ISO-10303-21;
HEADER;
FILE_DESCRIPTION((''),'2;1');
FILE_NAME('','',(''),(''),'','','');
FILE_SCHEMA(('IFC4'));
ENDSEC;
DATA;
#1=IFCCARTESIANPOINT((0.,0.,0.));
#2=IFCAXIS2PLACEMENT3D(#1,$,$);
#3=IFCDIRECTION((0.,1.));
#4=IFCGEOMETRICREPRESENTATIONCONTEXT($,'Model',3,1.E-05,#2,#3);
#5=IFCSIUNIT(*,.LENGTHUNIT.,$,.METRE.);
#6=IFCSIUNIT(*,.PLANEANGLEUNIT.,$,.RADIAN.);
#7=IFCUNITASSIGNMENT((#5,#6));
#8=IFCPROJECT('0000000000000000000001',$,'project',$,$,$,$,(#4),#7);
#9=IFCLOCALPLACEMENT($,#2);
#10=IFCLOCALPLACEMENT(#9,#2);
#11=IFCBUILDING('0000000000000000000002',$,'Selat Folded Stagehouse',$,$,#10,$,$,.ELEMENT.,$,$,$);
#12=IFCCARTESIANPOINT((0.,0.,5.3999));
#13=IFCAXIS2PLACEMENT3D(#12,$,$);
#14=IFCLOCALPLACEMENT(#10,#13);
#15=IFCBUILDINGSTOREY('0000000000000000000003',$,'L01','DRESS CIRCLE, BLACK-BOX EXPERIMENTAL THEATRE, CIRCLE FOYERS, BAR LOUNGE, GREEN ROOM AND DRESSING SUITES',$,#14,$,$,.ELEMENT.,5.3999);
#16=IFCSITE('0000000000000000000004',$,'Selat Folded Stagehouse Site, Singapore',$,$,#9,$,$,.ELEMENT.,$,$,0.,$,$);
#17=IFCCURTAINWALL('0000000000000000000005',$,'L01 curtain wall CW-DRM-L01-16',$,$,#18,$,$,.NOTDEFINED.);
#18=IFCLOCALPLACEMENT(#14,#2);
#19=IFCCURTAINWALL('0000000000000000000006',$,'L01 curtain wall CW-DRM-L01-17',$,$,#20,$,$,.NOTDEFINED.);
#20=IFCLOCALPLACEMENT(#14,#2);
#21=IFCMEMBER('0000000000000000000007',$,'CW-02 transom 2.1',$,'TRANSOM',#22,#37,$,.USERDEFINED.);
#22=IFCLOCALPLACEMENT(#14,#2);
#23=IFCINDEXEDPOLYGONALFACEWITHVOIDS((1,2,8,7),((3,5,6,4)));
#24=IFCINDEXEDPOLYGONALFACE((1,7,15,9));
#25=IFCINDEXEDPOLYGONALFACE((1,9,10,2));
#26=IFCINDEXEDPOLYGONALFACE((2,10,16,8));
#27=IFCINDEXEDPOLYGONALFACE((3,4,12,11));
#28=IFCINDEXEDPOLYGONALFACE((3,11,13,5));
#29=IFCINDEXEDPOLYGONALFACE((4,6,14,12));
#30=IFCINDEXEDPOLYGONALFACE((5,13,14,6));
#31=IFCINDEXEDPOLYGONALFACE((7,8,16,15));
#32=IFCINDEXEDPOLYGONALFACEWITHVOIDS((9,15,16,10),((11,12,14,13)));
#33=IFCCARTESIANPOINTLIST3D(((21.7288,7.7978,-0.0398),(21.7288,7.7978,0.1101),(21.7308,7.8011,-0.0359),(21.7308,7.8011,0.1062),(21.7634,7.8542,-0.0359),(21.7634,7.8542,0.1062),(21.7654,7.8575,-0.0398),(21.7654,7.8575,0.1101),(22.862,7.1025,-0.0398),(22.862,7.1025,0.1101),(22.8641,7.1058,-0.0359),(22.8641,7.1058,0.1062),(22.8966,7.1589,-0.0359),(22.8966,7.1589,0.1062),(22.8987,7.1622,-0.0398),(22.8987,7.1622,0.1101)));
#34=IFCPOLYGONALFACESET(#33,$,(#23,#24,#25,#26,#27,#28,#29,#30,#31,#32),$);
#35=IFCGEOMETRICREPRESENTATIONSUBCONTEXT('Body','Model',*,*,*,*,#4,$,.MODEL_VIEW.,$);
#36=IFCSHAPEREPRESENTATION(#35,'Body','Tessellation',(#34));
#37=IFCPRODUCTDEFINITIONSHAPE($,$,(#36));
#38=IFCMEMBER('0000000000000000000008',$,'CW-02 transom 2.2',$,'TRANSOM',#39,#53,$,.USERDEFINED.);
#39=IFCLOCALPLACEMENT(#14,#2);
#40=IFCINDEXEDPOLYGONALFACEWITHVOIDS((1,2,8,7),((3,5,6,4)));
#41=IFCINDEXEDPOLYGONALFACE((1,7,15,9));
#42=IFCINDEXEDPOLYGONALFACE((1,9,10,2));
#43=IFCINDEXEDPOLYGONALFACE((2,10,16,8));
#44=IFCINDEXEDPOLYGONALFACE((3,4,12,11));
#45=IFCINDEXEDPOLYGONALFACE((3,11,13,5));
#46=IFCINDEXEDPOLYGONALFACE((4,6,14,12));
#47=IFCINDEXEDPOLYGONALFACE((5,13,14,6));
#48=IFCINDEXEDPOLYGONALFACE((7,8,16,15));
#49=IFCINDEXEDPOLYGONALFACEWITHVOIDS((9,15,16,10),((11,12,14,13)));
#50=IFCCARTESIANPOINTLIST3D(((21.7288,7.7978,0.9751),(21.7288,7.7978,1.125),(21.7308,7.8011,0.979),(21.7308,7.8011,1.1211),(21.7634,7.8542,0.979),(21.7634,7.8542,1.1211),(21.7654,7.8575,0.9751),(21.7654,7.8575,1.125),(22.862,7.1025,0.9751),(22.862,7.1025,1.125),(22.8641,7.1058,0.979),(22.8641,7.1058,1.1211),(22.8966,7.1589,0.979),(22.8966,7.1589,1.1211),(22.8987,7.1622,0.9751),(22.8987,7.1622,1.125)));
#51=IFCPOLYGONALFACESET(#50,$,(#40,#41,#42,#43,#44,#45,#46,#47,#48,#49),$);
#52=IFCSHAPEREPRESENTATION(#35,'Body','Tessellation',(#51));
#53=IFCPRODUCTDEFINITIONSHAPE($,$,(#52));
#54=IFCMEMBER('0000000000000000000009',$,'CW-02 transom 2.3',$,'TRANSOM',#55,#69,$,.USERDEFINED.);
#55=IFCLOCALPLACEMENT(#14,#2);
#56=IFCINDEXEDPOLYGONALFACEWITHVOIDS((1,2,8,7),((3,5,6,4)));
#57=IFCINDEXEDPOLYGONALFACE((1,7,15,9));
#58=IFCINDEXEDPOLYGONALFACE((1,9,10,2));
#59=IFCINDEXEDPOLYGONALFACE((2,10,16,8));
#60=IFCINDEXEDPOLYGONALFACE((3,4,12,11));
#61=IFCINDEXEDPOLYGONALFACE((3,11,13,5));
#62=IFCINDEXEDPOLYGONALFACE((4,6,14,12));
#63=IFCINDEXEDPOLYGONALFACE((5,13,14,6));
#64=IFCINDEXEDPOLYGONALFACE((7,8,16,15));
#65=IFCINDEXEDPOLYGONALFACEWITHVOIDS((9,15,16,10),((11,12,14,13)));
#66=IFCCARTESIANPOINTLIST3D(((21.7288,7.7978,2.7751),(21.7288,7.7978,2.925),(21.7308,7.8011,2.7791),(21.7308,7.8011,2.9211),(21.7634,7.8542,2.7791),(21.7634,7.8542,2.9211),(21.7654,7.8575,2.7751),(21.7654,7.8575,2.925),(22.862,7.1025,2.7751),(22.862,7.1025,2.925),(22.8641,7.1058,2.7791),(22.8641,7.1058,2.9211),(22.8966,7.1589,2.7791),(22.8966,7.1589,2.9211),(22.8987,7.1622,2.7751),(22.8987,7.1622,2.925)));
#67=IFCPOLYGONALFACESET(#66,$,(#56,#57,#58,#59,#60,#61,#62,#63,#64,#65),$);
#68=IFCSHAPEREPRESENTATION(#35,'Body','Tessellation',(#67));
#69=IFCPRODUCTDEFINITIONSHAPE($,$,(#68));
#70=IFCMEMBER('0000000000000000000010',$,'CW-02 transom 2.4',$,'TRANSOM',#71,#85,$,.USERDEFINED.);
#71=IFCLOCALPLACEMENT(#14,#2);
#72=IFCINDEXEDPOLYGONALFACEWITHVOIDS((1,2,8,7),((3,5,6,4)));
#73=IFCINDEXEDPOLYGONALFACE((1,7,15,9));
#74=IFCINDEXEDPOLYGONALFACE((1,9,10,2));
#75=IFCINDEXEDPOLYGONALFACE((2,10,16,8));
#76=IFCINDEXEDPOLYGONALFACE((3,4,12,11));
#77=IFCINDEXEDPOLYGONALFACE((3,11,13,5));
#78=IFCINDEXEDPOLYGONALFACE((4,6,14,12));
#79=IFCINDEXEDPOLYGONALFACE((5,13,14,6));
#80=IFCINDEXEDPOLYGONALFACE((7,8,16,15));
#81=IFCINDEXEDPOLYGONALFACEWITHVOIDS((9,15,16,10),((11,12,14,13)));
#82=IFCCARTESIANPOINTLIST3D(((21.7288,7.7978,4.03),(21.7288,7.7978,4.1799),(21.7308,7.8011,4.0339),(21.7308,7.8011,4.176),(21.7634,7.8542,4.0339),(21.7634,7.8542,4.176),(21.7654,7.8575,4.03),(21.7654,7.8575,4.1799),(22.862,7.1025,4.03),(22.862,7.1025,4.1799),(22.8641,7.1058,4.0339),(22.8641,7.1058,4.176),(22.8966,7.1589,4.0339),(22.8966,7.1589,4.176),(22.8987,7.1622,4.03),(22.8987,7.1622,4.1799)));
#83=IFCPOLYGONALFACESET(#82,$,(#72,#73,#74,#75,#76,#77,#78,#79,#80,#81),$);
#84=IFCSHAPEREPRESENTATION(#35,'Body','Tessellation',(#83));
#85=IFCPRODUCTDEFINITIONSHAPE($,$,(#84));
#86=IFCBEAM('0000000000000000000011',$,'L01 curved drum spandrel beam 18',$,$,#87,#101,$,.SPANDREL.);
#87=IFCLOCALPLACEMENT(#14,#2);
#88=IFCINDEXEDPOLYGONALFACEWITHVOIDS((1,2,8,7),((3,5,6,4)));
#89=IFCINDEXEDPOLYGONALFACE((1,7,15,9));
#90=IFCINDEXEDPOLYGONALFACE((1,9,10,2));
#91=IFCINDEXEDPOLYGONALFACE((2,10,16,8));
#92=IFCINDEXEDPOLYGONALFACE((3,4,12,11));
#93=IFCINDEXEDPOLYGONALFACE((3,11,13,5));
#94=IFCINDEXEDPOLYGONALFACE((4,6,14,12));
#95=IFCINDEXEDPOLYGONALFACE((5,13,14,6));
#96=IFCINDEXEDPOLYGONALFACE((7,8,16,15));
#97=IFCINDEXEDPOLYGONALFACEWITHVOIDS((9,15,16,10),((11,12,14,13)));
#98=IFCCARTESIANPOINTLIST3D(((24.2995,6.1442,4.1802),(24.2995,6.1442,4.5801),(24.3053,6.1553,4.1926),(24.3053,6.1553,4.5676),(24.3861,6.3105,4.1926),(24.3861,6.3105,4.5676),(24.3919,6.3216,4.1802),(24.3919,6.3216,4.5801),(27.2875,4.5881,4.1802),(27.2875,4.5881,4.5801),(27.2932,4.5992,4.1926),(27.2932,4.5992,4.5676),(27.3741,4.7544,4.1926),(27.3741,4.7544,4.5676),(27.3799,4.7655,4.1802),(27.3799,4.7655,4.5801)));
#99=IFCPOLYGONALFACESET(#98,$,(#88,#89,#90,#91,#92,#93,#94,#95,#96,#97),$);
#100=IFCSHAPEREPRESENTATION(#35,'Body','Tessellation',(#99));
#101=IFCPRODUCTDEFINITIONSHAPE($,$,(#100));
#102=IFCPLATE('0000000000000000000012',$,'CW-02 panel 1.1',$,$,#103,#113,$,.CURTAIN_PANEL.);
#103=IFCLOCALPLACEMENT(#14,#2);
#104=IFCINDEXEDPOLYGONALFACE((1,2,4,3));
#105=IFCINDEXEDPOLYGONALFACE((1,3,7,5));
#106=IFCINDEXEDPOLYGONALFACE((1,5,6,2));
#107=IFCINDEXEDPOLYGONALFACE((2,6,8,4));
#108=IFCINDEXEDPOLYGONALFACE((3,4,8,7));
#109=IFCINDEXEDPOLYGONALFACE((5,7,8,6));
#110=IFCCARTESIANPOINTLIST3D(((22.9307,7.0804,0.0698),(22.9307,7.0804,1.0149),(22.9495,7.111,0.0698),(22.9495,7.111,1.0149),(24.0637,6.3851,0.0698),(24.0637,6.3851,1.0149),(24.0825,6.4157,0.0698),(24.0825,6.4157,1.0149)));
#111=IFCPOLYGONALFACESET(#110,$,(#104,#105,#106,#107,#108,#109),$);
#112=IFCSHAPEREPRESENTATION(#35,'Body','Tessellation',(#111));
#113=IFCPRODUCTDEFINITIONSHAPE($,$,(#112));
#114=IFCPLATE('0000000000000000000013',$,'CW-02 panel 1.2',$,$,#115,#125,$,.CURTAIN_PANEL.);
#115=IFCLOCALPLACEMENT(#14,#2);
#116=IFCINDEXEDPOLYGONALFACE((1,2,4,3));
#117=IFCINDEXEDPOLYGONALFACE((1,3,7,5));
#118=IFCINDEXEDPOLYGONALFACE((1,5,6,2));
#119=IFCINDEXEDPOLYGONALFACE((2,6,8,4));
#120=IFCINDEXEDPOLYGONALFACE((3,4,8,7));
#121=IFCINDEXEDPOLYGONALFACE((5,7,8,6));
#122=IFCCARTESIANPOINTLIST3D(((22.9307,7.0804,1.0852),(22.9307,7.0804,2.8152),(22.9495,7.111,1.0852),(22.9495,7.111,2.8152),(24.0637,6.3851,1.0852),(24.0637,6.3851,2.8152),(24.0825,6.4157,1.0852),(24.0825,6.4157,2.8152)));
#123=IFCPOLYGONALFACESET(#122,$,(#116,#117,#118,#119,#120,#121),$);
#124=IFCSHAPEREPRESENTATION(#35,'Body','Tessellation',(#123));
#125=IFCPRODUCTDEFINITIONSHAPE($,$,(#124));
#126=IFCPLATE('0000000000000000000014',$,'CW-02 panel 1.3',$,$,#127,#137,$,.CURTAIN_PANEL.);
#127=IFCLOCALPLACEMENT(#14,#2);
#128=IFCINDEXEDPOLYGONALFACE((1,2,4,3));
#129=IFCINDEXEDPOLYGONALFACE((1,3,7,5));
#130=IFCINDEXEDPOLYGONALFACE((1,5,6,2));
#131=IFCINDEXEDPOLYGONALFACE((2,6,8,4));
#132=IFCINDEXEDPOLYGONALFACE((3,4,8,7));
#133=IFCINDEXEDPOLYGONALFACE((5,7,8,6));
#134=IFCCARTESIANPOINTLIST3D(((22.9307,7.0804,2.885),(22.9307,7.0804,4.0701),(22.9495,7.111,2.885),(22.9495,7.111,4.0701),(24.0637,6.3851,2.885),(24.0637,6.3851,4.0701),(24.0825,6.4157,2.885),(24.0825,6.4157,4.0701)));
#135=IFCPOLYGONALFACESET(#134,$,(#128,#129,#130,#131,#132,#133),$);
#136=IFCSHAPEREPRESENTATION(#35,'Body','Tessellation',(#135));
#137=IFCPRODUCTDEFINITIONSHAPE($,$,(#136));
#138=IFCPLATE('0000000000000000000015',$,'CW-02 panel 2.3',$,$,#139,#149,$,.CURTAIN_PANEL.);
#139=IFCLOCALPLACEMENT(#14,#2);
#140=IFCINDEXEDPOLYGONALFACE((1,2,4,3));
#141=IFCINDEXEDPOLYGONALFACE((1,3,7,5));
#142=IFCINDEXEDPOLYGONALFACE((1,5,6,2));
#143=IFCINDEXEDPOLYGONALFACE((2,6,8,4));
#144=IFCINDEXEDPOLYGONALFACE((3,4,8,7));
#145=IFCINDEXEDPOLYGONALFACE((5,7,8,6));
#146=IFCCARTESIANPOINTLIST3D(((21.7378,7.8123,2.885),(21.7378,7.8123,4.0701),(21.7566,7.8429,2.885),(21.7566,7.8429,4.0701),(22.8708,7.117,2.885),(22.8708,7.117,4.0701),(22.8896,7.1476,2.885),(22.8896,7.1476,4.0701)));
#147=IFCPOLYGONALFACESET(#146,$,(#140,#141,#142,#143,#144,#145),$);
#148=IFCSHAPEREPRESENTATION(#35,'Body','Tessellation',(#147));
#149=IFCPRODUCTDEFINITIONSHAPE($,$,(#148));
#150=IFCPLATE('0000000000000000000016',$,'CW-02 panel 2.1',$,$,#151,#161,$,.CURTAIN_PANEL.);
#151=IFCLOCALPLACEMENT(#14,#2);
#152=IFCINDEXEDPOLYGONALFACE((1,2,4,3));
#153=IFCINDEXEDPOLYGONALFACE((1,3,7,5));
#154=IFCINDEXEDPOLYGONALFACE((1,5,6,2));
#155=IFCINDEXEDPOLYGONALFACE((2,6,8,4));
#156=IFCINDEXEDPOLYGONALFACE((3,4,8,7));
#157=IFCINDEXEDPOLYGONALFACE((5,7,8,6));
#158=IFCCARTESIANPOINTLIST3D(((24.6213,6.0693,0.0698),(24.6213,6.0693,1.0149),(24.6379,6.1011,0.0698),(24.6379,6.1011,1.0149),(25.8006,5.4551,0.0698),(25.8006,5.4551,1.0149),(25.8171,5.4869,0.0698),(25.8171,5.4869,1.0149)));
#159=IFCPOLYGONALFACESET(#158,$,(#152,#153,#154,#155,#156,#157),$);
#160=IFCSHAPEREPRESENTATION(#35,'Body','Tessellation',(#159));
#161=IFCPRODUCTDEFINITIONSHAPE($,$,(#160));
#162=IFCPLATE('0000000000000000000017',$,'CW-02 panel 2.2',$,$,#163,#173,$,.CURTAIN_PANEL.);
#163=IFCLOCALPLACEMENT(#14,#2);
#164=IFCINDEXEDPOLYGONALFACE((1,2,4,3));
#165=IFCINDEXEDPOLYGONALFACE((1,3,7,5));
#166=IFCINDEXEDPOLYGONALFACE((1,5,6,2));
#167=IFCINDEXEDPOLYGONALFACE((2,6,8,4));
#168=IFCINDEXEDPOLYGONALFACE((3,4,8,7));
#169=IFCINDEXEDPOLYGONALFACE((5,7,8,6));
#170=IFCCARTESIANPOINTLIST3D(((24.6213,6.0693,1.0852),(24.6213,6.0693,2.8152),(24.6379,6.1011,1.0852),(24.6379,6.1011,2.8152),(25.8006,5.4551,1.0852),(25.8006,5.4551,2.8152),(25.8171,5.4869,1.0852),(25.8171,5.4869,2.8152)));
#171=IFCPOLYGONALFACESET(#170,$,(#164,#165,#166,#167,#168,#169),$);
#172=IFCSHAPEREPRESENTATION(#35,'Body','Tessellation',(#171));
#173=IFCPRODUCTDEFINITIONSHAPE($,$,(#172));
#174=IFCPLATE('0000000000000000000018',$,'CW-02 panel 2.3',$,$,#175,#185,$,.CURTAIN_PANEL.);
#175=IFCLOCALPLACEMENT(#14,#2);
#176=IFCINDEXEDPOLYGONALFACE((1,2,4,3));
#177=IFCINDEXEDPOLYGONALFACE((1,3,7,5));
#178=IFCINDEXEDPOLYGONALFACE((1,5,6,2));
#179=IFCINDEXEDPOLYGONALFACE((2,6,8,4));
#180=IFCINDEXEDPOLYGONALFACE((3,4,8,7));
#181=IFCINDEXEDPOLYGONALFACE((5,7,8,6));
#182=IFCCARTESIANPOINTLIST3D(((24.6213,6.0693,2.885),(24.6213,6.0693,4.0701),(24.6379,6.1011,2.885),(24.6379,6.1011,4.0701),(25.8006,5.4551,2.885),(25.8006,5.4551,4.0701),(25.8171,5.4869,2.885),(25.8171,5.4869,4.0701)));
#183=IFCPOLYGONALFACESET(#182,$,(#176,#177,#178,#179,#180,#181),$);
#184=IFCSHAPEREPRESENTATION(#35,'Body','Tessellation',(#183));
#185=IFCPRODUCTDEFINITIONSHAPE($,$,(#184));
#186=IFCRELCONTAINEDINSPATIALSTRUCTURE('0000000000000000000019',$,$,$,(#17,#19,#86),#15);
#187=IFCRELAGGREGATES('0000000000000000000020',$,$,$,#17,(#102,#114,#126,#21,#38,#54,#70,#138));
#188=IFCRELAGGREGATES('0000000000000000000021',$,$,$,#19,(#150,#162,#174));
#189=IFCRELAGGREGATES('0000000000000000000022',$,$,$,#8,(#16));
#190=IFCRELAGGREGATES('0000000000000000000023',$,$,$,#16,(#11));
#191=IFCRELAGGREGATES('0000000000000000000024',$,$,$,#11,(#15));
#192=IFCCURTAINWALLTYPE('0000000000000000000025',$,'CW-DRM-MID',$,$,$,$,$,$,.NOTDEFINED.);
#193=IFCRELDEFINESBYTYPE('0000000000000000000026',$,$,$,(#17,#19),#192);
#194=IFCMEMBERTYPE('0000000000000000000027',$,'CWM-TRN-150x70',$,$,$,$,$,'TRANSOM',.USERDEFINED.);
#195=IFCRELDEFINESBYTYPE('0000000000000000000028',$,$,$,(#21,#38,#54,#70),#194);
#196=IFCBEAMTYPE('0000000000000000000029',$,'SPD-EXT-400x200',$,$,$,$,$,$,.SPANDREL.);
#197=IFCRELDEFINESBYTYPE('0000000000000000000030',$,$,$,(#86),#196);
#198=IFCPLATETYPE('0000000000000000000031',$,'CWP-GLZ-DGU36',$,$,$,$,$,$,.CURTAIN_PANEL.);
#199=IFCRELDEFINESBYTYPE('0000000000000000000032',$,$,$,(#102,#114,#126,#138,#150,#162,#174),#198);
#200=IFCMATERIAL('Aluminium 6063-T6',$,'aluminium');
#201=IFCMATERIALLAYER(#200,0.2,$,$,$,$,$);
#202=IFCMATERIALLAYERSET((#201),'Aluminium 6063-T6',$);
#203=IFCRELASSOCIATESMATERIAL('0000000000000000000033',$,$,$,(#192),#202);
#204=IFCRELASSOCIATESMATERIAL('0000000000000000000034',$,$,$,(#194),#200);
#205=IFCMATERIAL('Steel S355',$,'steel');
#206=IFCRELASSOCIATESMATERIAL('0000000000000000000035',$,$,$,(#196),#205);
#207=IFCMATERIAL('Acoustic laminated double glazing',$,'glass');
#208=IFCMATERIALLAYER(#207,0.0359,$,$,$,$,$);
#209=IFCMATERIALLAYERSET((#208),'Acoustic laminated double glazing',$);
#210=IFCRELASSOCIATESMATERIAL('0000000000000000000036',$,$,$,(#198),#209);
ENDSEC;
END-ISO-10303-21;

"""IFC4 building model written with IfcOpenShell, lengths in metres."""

from ifc_helpers import new_model, si_unit, direction, frame, origin, origin_2d, place, context, subcontext, project, spatial, rectangle, hollow_rectangle, extrude, material, layer, layer_set, material_profile, profile_set, type_object, element, aggregate, save


model = new_model("IFC4")

# Units and contexts
model_context = context("Model", 3, precision=1e-05, world=origin(), true_north=direction((0.0, 1.0)))
body_context = subcontext(model_context, "Body", "Model", "MODEL_VIEW")
ifc_project = project(units=[si_unit("LENGTHUNIT", "METRE"), si_unit("PLANEANGLEUNIT", "RADIAN")], contexts=[model_context])

# Site, building, storey
site_placement = place(None, origin())
site = spatial("IfcSite", under=ifc_project, at=site_placement, Name="Selat Folded Stagehouse Site, Singapore", CompositionType="ELEMENT", RefElevation=0.0)
building_placement = place(site_placement, origin())
building = spatial("IfcBuilding", under=site, at=building_placement, Name="Selat Folded Stagehouse", CompositionType="ELEMENT")
storey_placement = place(building_placement, frame((0.0, 0.0, 5.3999)))
storey = spatial("IfcBuildingStorey", under=building, at=storey_placement, Name="L01", Description="DRESS CIRCLE, BLACK-BOX EXPERIMENTAL THEATRE, CIRCLE FOYERS, BAR LOUNGE, GREEN ROOM AND DRESSING SUITES", CompositionType="ELEMENT", Elevation=5.3999)

# Shared definitions
ifc_material_1 = material(Name="Steel S355", Category="steel")

# Curtain wall
ifc_material_2 = material(Name="Aluminium 6063-T6", Category="aluminium")
ifc_layer_1 = layer(ifc_material_2, 0.2)
ifc_layer_set_1 = layer_set([ifc_layer_1], Name="Aluminium 6063-T6")
curtain_wall_type = type_object("IfcCurtainWallType", Name="CW-DRM-MID", PredefinedType="NOTDEFINED", material=ifc_layer_set_1)
curtain_wall_1_placement = place(storey_placement, origin())
curtain_wall_1 = element("IfcCurtainWall", 1, at=curtain_wall_1_placement, inside=storey, type_object=curtain_wall_type, Name="L01 curtain wall CW-DRM-L01-16", PredefinedType="NOTDEFINED")

# Curtain wall
curtain_wall_2_placement = place(storey_placement, origin())
curtain_wall_2 = element("IfcCurtainWall", 2, at=curtain_wall_2_placement, inside=storey, type_object=curtain_wall_type, Name="L01 curtain wall CW-DRM-L01-17", PredefinedType="NOTDEFINED")

# Members
ifc_material_profile_1 = material_profile(ifc_material_2, hollow_rectangle(XDim=0.0701, YDim=0.1499, WallThickness=0.0039, at=origin_2d()), Name="ALU 150x70x4.0")
ifc_profile_set_1 = profile_set([ifc_material_profile_1], Name="Aluminium 6063-T6")
member_type_1 = type_object("IfcMemberType", Name="CWM-TRN-150x70", ElementType="TRANSOM", PredefinedType="USERDEFINED", material=ifc_profile_set_1)
member_1_placement = place(storey_placement, frame((22.8804, 7.1323, 0.0352), z_axis=(-0.852364, 0.52295, 0.0), x_axis=(-0.52295, -0.852364, 0.0)))
member_1 = element("IfcMember", 3, at=member_1_placement, type_object=member_type_1, Name="CW-02 transom 2.1", ObjectType="TRANSOM", PredefinedType="USERDEFINED", context=body_context, shape_type="SweptSolid", body=[
    extrude(hollow_rectangle(XDim=0.0701, YDim=0.1499, WallThickness=0.0039, at=origin_2d()), origin(), (0.0, 0.0, 1.0), 1.3296),
])
member_2_placement = place(storey_placement, frame((22.8804, 7.1323, 1.05), z_axis=(-0.852364, 0.52295, 0.0), x_axis=(-0.52295, -0.852364, 0.0)))
member_2 = element("IfcMember", 4, at=member_2_placement, type_object=member_type_1, Name="CW-02 transom 2.2", ObjectType="TRANSOM", PredefinedType="USERDEFINED", context=body_context, shape_type="SweptSolid", body=[
    extrude(hollow_rectangle(XDim=0.0701, YDim=0.1499, WallThickness=0.0039, at=origin_2d()), origin(), (0.0, 0.0, 1.0), 1.3296),
])
member_3_placement = place(storey_placement, frame((22.8804, 7.1323, 2.8501), z_axis=(-0.852364, 0.52295, 0.0), x_axis=(-0.52295, -0.852364, 0.0)))
member_3 = element("IfcMember", 5, at=member_3_placement, type_object=member_type_1, Name="CW-02 transom 2.3", ObjectType="TRANSOM", PredefinedType="USERDEFINED", context=body_context, shape_type="SweptSolid", body=[
    extrude(hollow_rectangle(XDim=0.0701, YDim=0.1499, WallThickness=0.0039, at=origin_2d()), origin(), (0.0, 0.0, 1.0), 1.3296),
])
member_4_placement = place(storey_placement, frame((22.8804, 7.1323, 4.105), z_axis=(-0.852364, 0.52295, 0.0), x_axis=(-0.52295, -0.852364, 0.0)))
member_4 = element("IfcMember", 6, at=member_4_placement, type_object=member_type_1, Name="CW-02 transom 2.4", ObjectType="TRANSOM", PredefinedType="USERDEFINED", context=body_context, shape_type="SweptSolid", body=[
    extrude(hollow_rectangle(XDim=0.0701, YDim=0.1499, WallThickness=0.0039, at=origin_2d()), origin(), (0.0, 0.0, 1.0), 1.3296),
])

# Beam
ifc_material_profile_2 = material_profile(ifc_material_1, hollow_rectangle(XDim=0.2, YDim=0.3999, WallThickness=0.0125, at=origin_2d()), Name="RHS 400x200x12.5")
ifc_profile_set_2 = profile_set([ifc_material_profile_2], Name="Steel S355")
beam_type = type_object("IfcBeamType", Name="SPD-EXT-400x200", PredefinedType="SPANDREL", material=ifc_profile_set_2)
beam_placement = place(storey_placement, frame((24.3457, 6.2329, 4.3801), z_axis=(0.886928, -0.461907, 0.0), x_axis=(0.461907, 0.886928, 0.0)))
element("IfcBeam", 7, at=beam_placement, inside=storey, type_object=beam_type, Name="L01 curved drum spandrel beam 18", PredefinedType="SPANDREL", context=body_context, shape_type="SweptSolid", body=[
    extrude(hollow_rectangle(XDim=0.2, YDim=0.3999, WallThickness=0.0125, at=origin_2d()), origin(), (0.0, 0.0, 1.0), 3.3689),
])

# Plates
ifc_material_3 = material(Name="Acoustic laminated double glazing", Category="glass")
ifc_layer_2 = layer(ifc_material_3, 0.0359)
ifc_layer_set_2 = layer_set([ifc_layer_2], Name="Acoustic laminated double glazing")
plate_type = type_object("IfcPlateType", Name="CWP-GLZ-DGU36", PredefinedType="CURTAIN_PANEL", material=ifc_layer_set_2)
plate_1_placement = place(storey_placement, frame((23.5066, 6.748, 0.0698), z_axis=(0.0, 0.0, 1.0), x_axis=(-0.852317, 0.523025, 0.0)))
plate_1 = element("IfcPlate", 8, at=plate_1_placement, type_object=plate_type, Name="CW-02 panel 1.1", PredefinedType="CURTAIN_PANEL", context=body_context, shape_type="SweptSolid", body=[
    extrude(rectangle(XDim=1.3293, YDim=0.0359, at=origin_2d()), origin(), (0.0, 0.0, 1.0), 0.9451),
])
plate_2_placement = place(storey_placement, frame((23.5066, 6.748, 1.0852), z_axis=(0.0, 0.0, 1.0), x_axis=(-0.852317, 0.523025, 0.0)))
plate_2 = element("IfcPlate", 9, at=plate_2_placement, type_object=plate_type, Name="CW-02 panel 1.2", PredefinedType="CURTAIN_PANEL", context=body_context, shape_type="SweptSolid", body=[
    extrude(rectangle(XDim=1.3293, YDim=0.0359, at=origin_2d()), origin(), (0.0, 0.0, 1.0), 1.73),
])
plate_3_placement = place(storey_placement, frame((23.5066, 6.748, 2.885), z_axis=(0.0, 0.0, 1.0), x_axis=(-0.852317, 0.523025, 0.0)))
plate_3 = element("IfcPlate", 10, at=plate_3_placement, type_object=plate_type, Name="CW-02 panel 1.3", PredefinedType="CURTAIN_PANEL", context=body_context, shape_type="SweptSolid", body=[
    extrude(rectangle(XDim=1.3293, YDim=0.0359, at=origin_2d()), origin(), (0.0, 0.0, 1.0), 1.1851),
])
plate_4_placement = place(storey_placement, frame((22.3137, 7.48, 2.885), z_axis=(0.0, 0.0, 1.0), x_axis=(-0.852317, 0.523025, 0.0)))
plate_4 = element("IfcPlate", 11, at=plate_4_placement, type_object=plate_type, Name="CW-02 panel 2.3", PredefinedType="CURTAIN_PANEL", context=body_context, shape_type="SweptSolid", body=[
    extrude(rectangle(XDim=1.3293, YDim=0.0359, at=origin_2d()), origin(), (0.0, 0.0, 1.0), 1.1851),
])
aggregate(curtain_wall_1, [plate_1, plate_2, plate_3, member_1, member_2, member_3, member_4, plate_4])
plate_5_placement = place(storey_placement, frame((25.2192, 5.7781, 0.0698), z_axis=(0.0, 0.0, 1.0), x_axis=(-0.886916, 0.461931, 0.0)))
plate_5 = element("IfcPlate", 12, at=plate_5_placement, type_object=plate_type, Name="CW-02 panel 2.1", PredefinedType="CURTAIN_PANEL", context=body_context, shape_type="SweptSolid", body=[
    extrude(rectangle(XDim=1.3296, YDim=0.0359, at=origin_2d()), origin(), (0.0, 0.0, 1.0), 0.9451),
])
plate_6_placement = place(storey_placement, frame((25.2192, 5.7781, 1.0852), z_axis=(0.0, 0.0, 1.0), x_axis=(-0.886916, 0.461931, 0.0)))
plate_6 = element("IfcPlate", 13, at=plate_6_placement, type_object=plate_type, Name="CW-02 panel 2.2", PredefinedType="CURTAIN_PANEL", context=body_context, shape_type="SweptSolid", body=[
    extrude(rectangle(XDim=1.3296, YDim=0.0359, at=origin_2d()), origin(), (0.0, 0.0, 1.0), 1.73),
])
plate_7_placement = place(storey_placement, frame((25.2192, 5.7781, 2.885), z_axis=(0.0, 0.0, 1.0), x_axis=(-0.886916, 0.461931, 0.0)))
plate_7 = element("IfcPlate", 14, at=plate_7_placement, type_object=plate_type, Name="CW-02 panel 2.3", PredefinedType="CURTAIN_PANEL", context=body_context, shape_type="SweptSolid", body=[
    extrude(rectangle(XDim=1.3296, YDim=0.0359, at=origin_2d()), origin(), (0.0, 0.0, 1.0), 1.1851),
])
aggregate(curtain_wall_2, [plate_5, plate_6, plate_7])

save(model, "model.ifc")
